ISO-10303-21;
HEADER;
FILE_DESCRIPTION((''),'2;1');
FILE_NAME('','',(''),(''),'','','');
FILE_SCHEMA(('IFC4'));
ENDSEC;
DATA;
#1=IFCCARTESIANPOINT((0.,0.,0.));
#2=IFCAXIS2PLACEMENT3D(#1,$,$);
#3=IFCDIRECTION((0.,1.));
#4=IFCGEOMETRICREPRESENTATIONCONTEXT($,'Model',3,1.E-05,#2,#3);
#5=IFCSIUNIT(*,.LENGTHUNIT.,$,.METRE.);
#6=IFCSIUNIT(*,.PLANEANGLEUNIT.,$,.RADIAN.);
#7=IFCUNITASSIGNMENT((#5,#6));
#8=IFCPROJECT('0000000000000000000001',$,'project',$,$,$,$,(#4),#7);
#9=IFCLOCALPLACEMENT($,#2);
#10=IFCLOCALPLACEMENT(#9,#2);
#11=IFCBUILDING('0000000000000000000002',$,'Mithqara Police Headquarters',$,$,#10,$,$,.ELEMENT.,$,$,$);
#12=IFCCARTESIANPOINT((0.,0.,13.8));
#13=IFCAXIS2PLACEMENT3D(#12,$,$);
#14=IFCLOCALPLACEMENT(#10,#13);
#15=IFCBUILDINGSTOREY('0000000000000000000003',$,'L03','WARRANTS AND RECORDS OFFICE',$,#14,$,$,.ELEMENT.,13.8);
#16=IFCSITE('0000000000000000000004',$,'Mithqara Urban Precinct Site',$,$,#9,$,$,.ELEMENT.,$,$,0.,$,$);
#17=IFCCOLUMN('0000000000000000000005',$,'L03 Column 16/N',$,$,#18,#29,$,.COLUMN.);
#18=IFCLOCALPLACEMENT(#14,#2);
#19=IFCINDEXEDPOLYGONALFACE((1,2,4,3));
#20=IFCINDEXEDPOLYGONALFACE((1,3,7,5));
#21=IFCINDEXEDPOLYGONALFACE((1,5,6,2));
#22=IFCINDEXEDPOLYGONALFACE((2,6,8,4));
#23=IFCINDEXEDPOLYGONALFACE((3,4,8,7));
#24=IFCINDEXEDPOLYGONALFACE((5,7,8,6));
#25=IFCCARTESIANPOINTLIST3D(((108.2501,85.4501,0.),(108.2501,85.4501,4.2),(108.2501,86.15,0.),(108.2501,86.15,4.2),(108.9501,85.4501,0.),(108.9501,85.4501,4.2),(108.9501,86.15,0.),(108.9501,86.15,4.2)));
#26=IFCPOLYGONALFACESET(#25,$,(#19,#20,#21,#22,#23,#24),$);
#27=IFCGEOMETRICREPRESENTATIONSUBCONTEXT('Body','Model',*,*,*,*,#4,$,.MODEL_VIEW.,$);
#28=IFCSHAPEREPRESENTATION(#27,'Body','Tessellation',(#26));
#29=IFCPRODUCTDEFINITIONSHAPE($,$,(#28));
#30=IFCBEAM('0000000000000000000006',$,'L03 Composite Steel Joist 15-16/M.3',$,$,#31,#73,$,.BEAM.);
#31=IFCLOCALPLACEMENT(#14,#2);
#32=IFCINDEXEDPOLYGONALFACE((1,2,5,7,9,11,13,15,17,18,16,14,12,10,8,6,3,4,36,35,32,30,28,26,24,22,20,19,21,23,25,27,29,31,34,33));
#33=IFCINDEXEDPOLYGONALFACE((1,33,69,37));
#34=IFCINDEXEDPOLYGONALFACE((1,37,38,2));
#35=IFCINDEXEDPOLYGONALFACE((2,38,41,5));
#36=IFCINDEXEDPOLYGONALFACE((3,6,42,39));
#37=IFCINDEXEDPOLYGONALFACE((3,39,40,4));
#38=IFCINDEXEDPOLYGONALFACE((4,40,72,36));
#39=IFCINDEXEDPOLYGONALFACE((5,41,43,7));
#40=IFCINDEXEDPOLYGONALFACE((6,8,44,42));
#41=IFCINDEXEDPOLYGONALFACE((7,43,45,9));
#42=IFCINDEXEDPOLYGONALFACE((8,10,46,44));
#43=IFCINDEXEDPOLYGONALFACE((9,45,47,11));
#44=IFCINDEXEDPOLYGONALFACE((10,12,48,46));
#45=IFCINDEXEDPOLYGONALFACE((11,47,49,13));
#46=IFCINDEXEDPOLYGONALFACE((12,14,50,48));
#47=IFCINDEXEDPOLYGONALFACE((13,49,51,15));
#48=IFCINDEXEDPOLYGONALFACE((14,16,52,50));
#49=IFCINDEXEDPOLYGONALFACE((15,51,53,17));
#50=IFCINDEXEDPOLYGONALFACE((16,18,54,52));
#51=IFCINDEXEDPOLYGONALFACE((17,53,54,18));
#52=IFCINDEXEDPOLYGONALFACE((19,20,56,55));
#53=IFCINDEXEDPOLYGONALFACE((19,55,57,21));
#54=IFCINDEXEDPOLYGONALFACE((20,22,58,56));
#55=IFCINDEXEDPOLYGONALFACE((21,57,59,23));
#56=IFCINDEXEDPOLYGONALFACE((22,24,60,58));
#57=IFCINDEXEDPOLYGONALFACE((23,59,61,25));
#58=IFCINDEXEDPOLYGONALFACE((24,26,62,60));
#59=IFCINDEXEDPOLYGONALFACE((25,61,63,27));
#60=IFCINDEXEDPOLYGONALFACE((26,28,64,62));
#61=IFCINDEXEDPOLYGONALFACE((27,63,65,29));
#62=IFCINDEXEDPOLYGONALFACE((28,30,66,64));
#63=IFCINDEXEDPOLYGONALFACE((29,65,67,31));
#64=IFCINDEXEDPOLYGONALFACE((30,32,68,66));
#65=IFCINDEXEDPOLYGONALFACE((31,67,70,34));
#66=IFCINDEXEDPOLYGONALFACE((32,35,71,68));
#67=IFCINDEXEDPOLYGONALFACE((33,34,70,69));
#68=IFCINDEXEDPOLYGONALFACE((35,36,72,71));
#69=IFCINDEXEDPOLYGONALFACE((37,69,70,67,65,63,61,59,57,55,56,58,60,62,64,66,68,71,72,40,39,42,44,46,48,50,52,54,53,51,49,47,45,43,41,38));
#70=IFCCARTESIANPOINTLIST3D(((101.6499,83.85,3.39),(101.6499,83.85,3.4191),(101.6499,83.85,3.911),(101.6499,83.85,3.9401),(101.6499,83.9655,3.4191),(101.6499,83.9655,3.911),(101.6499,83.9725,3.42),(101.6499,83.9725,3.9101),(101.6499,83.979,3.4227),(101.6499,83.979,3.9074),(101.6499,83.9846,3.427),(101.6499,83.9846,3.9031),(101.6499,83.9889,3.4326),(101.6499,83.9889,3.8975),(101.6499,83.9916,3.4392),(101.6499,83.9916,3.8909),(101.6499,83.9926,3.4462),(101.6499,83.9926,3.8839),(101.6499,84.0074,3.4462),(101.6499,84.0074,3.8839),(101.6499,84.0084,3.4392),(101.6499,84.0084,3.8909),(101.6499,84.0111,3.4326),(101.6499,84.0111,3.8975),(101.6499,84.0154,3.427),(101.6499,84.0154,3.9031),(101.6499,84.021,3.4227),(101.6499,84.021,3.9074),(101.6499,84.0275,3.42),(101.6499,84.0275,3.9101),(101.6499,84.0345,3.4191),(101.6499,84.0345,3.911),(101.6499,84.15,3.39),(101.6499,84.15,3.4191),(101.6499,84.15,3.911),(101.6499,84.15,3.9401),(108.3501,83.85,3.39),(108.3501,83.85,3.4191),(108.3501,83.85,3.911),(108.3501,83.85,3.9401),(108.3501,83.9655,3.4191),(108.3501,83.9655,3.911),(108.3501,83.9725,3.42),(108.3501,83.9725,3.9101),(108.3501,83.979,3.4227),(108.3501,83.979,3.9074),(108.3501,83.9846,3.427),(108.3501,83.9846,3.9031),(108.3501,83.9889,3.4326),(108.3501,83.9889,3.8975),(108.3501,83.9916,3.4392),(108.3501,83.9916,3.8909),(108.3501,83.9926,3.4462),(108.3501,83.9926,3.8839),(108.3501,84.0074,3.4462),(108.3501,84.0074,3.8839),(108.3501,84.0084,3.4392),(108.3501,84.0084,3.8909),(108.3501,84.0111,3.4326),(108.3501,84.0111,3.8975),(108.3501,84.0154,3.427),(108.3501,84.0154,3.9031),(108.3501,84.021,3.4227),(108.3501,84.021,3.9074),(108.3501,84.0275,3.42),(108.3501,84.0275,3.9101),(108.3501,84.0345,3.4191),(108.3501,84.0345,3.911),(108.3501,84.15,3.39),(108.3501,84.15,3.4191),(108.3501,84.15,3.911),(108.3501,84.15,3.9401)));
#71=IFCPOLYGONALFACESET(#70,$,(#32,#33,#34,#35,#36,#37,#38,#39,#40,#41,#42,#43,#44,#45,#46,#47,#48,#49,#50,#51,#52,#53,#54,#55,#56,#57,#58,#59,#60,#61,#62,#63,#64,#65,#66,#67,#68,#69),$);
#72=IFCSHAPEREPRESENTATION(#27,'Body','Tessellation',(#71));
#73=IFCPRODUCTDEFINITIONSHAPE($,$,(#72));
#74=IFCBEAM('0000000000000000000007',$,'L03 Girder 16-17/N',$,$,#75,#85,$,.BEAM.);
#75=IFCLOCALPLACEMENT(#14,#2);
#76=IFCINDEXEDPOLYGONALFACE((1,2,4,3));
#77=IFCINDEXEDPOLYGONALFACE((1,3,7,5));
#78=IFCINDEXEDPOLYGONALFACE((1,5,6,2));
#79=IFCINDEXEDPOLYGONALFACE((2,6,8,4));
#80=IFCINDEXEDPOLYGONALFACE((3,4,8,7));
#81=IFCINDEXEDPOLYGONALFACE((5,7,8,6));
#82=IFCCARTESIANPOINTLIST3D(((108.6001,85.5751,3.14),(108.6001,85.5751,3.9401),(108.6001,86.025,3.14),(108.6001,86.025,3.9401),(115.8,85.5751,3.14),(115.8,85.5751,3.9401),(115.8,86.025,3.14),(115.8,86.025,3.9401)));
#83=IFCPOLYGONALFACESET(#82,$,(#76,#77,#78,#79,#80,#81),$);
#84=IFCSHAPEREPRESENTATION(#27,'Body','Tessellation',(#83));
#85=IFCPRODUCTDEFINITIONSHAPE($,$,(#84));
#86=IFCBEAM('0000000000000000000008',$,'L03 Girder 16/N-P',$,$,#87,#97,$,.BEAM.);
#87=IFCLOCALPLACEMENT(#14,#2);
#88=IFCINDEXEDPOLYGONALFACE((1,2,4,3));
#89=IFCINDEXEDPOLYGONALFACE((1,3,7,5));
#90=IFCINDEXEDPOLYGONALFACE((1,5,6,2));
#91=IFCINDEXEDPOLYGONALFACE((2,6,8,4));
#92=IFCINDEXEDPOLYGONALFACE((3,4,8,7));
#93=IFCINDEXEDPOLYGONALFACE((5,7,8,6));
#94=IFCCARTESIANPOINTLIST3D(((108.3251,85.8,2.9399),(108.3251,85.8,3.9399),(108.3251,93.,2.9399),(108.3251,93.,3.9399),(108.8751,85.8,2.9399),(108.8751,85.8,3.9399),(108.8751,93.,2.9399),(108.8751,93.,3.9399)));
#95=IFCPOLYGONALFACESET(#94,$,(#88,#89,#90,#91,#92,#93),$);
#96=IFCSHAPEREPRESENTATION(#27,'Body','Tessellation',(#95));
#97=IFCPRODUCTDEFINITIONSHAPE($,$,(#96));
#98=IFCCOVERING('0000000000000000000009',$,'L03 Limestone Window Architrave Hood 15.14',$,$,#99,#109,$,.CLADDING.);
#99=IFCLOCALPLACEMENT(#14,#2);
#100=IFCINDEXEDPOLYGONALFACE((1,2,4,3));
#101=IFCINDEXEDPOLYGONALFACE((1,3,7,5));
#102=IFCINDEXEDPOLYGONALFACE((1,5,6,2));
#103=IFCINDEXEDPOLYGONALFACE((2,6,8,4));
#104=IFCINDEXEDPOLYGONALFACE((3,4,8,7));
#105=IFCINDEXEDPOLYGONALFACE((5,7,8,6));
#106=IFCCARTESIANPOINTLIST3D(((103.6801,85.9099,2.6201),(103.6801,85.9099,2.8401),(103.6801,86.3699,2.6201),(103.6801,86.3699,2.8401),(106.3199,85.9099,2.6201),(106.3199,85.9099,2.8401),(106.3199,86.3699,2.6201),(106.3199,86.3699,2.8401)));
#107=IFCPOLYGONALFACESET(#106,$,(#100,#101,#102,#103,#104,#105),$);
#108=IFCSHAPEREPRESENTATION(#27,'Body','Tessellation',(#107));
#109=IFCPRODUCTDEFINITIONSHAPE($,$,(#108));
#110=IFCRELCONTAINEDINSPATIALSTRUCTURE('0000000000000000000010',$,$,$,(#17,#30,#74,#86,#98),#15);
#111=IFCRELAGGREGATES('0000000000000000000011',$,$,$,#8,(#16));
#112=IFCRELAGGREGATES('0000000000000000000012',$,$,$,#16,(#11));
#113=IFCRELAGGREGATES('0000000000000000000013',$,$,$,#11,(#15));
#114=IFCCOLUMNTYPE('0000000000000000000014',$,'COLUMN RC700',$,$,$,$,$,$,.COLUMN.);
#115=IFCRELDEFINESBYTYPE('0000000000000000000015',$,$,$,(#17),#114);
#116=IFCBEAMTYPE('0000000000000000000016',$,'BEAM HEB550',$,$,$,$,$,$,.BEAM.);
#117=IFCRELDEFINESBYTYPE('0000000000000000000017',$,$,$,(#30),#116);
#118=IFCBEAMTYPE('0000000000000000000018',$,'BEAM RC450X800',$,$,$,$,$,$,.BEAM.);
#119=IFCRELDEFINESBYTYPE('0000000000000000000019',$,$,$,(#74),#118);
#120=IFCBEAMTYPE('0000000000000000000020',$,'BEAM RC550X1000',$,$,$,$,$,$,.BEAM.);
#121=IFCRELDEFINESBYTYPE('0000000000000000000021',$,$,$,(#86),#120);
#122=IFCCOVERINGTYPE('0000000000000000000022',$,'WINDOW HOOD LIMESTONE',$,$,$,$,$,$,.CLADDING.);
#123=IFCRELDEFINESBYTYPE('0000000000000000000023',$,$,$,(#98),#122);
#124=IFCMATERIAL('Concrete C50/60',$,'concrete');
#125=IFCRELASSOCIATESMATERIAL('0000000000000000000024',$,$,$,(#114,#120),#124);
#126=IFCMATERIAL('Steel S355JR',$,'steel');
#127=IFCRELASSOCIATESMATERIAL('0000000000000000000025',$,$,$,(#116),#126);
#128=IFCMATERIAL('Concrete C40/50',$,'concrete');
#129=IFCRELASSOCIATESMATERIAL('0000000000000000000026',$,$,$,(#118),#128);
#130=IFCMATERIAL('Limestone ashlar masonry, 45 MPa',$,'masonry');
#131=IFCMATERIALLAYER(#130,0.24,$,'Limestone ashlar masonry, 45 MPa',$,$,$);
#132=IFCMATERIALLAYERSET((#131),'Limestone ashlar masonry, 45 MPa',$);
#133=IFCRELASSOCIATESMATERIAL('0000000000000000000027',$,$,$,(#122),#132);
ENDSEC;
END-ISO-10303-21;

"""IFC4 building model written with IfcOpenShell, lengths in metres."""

from ifc_helpers import new_model, si_unit, direction, frame, origin, origin_2d, place, context, subcontext, project, spatial, rectangle, i_section, extrude, material, layer, layer_set, material_profile, profile_set, type_object, element, save


model = new_model("IFC4")

# Units and contexts
model_context = context("Model", 3, precision=1e-05, world=origin(), true_north=direction((0.0, 1.0)))
body_context = subcontext(model_context, "Body", "Model", "MODEL_VIEW")
ifc_project = project(units=[si_unit("LENGTHUNIT", "METRE"), si_unit("PLANEANGLEUNIT", "RADIAN")], contexts=[model_context])

# Site, building, storey
site_placement = place(None, origin())
site = spatial("IfcSite", under=ifc_project, at=site_placement, Name="Mithqara Urban Precinct Site", CompositionType="ELEMENT", RefElevation=0.0)
building_placement = place(site_placement, origin())
building = spatial("IfcBuilding", under=site, at=building_placement, Name="Mithqara Police Headquarters", CompositionType="ELEMENT")
storey_placement = place(building_placement, frame((0.0, 0.0, 13.8)))
storey = spatial("IfcBuildingStorey", under=building, at=storey_placement, Name="L03", Description="WARRANTS AND RECORDS OFFICE", CompositionType="ELEMENT", Elevation=13.8)

# Column
ifc_material_1 = material(Name="Concrete C50/60", Category="concrete")
ifc_material_profile_1 = material_profile(ifc_material_1, rectangle(XDim=0.7, YDim=0.7, at=origin_2d()), Name="RC 700x700")
ifc_profile_set_1 = profile_set([ifc_material_profile_1], Name="Concrete C50/60")
column_type = type_object("IfcColumnType", Name="COLUMN RC700", PredefinedType="COLUMN", material=ifc_profile_set_1)
column_placement = place(storey_placement, frame((108.6001, 85.8, 0.0), z_axis=(0.0, 0.0, 1.0), x_axis=(1.0, 0.0, 0.0)))
element("IfcColumn", 1, at=column_placement, inside=storey, type_object=column_type, Name="L03 Column 16/N", PredefinedType="COLUMN", context=body_context, shape_type="SweptSolid", body=[
    extrude(rectangle(XDim=0.7, YDim=0.7, at=origin_2d()), origin(), (0.0, 0.0, 1.0), 4.2),
])

# Beams
ifc_material_2 = material(Name="Steel S355JR", Category="steel")
ifc_material_profile_2 = material_profile(ifc_material_2, i_section(OverallWidth=0.3, OverallDepth=0.55, WebThickness=0.0149, FlangeThickness=0.0291, FilletRadius=0.0271, at=origin_2d()), Name="HEB 550")
ifc_profile_set_2 = profile_set([ifc_material_profile_2], Name="Steel S355JR")
beam_type_1 = type_object("IfcBeamType", Name="BEAM HEB550", PredefinedType="BEAM", material=ifc_profile_set_2)
beam_1_placement = place(storey_placement, frame((101.6499, 84.0, 3.665), z_axis=(1.0, 0.0, 0.0), x_axis=(0.0, 1.0, 0.0)))
element("IfcBeam", 2, at=beam_1_placement, inside=storey, type_object=beam_type_1, Name="L03 Composite Steel Joist 15-16/M.3", PredefinedType="BEAM", context=body_context, shape_type="SweptSolid", body=[
    extrude(i_section(OverallWidth=0.3, OverallDepth=0.55, WebThickness=0.0149, FlangeThickness=0.0291, FilletRadius=0.0271, at=origin_2d()), origin(), (0.0, 0.0, 1.0), 6.7002),
])
ifc_material_3 = material(Name="Concrete C40/50", Category="concrete")
ifc_material_profile_3 = material_profile(ifc_material_3, rectangle(XDim=0.45, YDim=0.8, at=origin_2d()), Name="RC 450x800")
ifc_profile_set_3 = profile_set([ifc_material_profile_3], Name="Concrete C40/50")
beam_type_2 = type_object("IfcBeamType", Name="BEAM RC450X800", PredefinedType="BEAM", material=ifc_profile_set_3)
beam_2_placement = place(storey_placement, frame((108.6001, 85.8, 3.54), z_axis=(1.0, 0.0, 0.0), x_axis=(0.0, 1.0, 0.0)))
element("IfcBeam", 3, at=beam_2_placement, inside=storey, type_object=beam_type_2, Name="L03 Girder 16-17/N", PredefinedType="BEAM", context=body_context, shape_type="SweptSolid", body=[
    extrude(rectangle(XDim=0.45, YDim=0.8, at=origin_2d()), origin(), (0.0, 0.0, 1.0), 7.2),
])
ifc_material_profile_4 = material_profile(ifc_material_1, rectangle(XDim=0.55, YDim=1.0, at=origin_2d()), Name="RC 550x1000")
ifc_profile_set_4 = profile_set([ifc_material_profile_4], Name="Concrete C50/60")
beam_type_3 = type_object("IfcBeamType", Name="BEAM RC550X1000", PredefinedType="BEAM", material=ifc_profile_set_4)
beam_3_placement = place(storey_placement, frame((108.6001, 85.8, 3.4399), z_axis=(0.0, 1.0, 0.0), x_axis=(-1.0, 0.0, 0.0)))
element("IfcBeam", 4, at=beam_3_placement, inside=storey, type_object=beam_type_3, Name="L03 Girder 16/N-P", PredefinedType="BEAM", context=body_context, shape_type="SweptSolid", body=[
    extrude(rectangle(XDim=0.55, YDim=1.0, at=origin_2d()), origin(), (0.0, 0.0, 1.0), 7.2),
])

# Covering
ifc_material_4 = material(Name="Limestone ashlar masonry, 45 MPa", Category="masonry")
ifc_layer_1 = layer(ifc_material_4, 0.24, Name="Limestone ashlar masonry, 45 MPa")
ifc_layer_set_1 = layer_set([ifc_layer_1], Name="Limestone ashlar masonry, 45 MPa")
covering_type = type_object("IfcCoveringType", Name="WINDOW HOOD LIMESTONE", PredefinedType="CLADDING", material=ifc_layer_set_1)
covering_placement = place(storey_placement, frame((105.0, 86.1399, 2.6201), z_axis=(0.0, 0.0, 1.0), x_axis=(1.0, 0.0, 0.0)))
element("IfcCovering", 5, at=covering_placement, inside=storey, type_object=covering_type, Name="L03 Limestone Window Architrave Hood 15.14", PredefinedType="CLADDING", context=body_context, shape_type="SweptSolid", body=[
    extrude(rectangle(XDim=2.6399, YDim=0.46, at=origin_2d()), origin(), (0.0, 0.0, 1.0), 0.22),
])

save(model, "model.ifc")
